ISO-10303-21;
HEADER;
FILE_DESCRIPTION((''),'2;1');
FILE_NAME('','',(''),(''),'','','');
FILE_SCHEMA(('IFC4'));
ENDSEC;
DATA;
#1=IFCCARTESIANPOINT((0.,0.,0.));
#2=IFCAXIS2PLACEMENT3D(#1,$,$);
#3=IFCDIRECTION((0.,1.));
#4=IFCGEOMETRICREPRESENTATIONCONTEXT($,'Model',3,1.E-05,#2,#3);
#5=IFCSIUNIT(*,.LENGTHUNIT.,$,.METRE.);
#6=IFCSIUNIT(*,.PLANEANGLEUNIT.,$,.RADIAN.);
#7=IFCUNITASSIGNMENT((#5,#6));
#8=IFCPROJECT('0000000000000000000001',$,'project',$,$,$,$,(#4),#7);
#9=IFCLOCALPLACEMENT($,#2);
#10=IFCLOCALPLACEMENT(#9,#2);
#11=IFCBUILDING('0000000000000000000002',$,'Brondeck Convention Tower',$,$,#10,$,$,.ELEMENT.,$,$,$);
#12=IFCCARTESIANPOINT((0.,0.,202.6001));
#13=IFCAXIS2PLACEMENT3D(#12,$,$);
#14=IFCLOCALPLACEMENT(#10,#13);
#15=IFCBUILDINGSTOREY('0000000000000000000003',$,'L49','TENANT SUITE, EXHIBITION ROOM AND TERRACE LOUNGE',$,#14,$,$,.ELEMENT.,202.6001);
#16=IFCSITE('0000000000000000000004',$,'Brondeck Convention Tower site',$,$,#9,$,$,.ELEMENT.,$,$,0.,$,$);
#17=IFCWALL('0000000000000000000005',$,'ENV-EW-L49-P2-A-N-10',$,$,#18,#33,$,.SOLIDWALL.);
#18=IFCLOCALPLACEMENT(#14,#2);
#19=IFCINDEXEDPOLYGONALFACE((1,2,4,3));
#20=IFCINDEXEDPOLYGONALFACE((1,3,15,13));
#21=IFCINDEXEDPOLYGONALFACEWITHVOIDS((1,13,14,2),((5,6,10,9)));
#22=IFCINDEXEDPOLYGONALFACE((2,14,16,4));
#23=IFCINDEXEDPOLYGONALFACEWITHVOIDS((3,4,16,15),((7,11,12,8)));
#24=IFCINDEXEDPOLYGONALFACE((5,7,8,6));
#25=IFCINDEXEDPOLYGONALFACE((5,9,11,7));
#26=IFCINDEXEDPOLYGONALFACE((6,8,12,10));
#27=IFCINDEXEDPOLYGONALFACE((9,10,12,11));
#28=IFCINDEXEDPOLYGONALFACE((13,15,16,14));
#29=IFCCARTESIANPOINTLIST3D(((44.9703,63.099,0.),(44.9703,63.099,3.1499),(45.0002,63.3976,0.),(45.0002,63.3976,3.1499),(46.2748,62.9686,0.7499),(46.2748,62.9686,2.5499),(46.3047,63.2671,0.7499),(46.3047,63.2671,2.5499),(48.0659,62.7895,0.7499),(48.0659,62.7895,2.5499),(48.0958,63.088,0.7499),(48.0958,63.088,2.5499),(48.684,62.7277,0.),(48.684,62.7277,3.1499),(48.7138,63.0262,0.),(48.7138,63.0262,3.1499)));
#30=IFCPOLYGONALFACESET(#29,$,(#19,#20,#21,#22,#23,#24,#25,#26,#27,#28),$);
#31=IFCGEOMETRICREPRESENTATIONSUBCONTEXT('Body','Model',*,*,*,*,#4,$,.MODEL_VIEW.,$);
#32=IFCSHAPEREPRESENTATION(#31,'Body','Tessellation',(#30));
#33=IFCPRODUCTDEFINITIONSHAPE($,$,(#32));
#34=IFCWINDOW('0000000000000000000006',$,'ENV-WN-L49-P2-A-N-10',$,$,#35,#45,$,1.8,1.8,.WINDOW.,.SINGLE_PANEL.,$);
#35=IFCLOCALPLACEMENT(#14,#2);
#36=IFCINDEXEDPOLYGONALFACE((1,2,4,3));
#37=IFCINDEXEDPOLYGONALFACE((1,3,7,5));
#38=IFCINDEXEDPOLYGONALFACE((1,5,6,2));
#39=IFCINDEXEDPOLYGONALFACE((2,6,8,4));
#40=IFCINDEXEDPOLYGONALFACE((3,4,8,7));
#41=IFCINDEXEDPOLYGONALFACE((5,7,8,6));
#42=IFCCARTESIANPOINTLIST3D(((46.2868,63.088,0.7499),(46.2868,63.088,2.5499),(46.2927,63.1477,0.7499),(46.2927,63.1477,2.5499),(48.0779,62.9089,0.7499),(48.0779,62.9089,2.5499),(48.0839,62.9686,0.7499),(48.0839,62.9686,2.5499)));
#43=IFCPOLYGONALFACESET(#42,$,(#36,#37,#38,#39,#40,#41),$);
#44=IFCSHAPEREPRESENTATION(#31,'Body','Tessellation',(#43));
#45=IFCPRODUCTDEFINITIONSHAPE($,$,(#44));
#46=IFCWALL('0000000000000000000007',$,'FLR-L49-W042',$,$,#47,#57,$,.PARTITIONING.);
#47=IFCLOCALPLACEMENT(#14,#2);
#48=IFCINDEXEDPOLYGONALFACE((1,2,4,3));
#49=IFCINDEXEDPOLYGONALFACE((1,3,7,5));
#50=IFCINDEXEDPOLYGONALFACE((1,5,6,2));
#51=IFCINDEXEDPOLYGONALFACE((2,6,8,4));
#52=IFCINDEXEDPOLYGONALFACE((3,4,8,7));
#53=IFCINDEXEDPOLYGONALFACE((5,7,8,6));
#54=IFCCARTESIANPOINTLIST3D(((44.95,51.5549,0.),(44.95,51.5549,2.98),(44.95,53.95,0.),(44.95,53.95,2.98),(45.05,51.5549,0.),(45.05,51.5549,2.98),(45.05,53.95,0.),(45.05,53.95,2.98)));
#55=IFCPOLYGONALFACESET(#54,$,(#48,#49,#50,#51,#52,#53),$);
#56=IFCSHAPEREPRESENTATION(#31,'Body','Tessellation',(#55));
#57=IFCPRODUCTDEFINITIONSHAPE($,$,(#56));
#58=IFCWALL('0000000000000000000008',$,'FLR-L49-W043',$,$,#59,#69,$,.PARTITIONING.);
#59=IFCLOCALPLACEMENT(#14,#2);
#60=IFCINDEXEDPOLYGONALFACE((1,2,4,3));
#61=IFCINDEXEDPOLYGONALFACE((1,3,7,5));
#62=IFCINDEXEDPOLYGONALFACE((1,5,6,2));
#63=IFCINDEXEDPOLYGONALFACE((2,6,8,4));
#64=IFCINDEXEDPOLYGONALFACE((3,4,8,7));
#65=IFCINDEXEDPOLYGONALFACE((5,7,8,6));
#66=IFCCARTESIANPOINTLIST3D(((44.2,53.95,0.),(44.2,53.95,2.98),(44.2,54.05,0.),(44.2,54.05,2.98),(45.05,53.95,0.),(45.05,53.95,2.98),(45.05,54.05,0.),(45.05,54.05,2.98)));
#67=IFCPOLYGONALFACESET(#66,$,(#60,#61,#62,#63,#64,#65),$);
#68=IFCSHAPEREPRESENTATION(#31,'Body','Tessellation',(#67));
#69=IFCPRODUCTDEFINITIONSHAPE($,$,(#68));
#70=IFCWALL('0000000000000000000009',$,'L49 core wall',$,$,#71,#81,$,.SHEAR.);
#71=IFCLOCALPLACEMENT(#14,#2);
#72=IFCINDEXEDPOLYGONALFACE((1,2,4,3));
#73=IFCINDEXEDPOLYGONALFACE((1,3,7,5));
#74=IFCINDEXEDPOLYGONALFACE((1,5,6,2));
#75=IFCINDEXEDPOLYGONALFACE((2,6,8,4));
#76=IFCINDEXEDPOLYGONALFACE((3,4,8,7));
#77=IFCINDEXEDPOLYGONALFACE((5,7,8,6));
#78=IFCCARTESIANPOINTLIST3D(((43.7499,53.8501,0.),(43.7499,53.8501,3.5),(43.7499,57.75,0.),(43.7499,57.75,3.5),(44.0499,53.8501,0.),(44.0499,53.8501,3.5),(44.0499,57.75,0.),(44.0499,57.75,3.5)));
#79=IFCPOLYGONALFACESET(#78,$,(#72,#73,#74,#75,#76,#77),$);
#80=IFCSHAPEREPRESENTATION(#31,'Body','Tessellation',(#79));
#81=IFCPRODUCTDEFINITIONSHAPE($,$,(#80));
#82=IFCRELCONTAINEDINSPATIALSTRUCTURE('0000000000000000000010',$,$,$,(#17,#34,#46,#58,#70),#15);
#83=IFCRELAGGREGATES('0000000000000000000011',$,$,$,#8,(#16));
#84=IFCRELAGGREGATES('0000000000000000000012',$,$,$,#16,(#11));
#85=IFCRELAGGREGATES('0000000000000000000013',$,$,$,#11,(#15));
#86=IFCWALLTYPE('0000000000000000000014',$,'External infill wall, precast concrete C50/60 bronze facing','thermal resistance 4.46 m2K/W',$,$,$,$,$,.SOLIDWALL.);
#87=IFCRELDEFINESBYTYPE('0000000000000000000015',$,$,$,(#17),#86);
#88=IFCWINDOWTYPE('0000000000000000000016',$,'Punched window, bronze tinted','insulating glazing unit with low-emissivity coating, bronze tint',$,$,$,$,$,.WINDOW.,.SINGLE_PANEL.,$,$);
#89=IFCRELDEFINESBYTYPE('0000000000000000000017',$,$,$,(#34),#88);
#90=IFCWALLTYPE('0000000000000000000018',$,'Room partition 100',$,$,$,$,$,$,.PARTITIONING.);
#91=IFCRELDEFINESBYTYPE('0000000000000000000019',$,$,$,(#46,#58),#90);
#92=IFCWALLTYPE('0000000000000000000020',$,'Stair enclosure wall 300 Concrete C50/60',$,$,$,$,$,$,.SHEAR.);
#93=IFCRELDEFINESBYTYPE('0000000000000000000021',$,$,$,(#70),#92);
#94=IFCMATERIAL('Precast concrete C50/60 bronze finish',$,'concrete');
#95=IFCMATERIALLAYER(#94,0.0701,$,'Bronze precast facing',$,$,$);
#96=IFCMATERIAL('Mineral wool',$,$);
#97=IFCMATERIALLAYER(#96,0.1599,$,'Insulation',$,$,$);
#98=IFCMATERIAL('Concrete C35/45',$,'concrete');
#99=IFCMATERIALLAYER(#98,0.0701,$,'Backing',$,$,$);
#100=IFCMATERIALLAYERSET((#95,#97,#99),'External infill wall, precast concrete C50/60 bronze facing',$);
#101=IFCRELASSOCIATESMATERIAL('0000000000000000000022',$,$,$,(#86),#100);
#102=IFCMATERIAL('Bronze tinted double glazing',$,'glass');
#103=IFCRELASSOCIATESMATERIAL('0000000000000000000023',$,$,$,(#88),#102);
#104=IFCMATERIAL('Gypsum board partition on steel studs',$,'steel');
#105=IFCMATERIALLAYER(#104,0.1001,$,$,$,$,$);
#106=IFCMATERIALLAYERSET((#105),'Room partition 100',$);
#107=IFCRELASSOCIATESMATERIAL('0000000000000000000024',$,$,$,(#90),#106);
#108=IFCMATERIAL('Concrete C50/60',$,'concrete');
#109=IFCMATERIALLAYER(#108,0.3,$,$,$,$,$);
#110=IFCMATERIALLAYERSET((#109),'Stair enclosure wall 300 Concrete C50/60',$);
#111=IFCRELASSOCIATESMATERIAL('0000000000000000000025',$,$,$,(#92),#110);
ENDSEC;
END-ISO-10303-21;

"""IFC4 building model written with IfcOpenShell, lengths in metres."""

from ifc_helpers import new_model, si_unit, direction, frame, frame_2d, origin, place, context, subcontext, project, spatial, rectangle, extrude, material, layer, layer_set, type_object, element, fill, save


model = new_model("IFC4")

# Units and contexts
model_context = context("Model", 3, precision=1e-05, world=origin(), true_north=direction((0.0, 1.0)))
body_context = subcontext(model_context, "Body", "Model", "MODEL_VIEW")
ifc_project = project(units=[si_unit("LENGTHUNIT", "METRE"), si_unit("PLANEANGLEUNIT", "RADIAN")], contexts=[model_context])

# Site, building, storey
site_placement = place(None, origin())
site = spatial("IfcSite", under=ifc_project, at=site_placement, Name="Brondeck Convention Tower site", CompositionType="ELEMENT", RefElevation=0.0)
building_placement = place(site_placement, origin())
building = spatial("IfcBuilding", under=site, at=building_placement, Name="Brondeck Convention Tower", CompositionType="ELEMENT")
storey_placement = place(building_placement, frame((0.0, 0.0, 202.6001)))
storey = spatial("IfcBuildingStorey", under=building, at=storey_placement, Name="L49", Description="TENANT SUITE, EXHIBITION ROOM AND TERRACE LOUNGE", CompositionType="ELEMENT", Elevation=202.6001)

# Shared definitions
ifc_material_1 = material(Name="Concrete C50/60", Category="concrete")

# Shared definitions
ifc_material_2 = material(Name="Precast concrete C50/60 bronze finish", Category="concrete")
ifc_layer_1 = layer(ifc_material_2, 0.0701, Name="Bronze precast facing")
ifc_material_3 = material(Name="Mineral wool")
ifc_layer_2 = layer(ifc_material_3, 0.1599, Name="Insulation")
ifc_material_4 = material(Name="Concrete C35/45", Category="concrete")
ifc_layer_3 = layer(ifc_material_4, 0.0701, Name="Backing")
ifc_layer_set_1 = layer_set([ifc_layer_1, ifc_layer_2, ifc_layer_3], Name="External infill wall, precast concrete C50/60 bronze facing")
wall_type_1 = type_object("IfcWallType", Name="External infill wall, precast concrete C50/60 bronze facing", Description="thermal resistance 4.46 m2K/W", PredefinedType="SOLIDWALL", material=ifc_layer_set_1)
ifc_material_5 = material(Name="Bronze tinted double glazing", Category="glass")
window_type_1 = type_object("IfcWindowType", Name="Punched window, bronze tinted", Description="insulating glazing unit with low-emissivity coating, bronze tint", PartitioningType="SINGLE_PANEL", PredefinedType="WINDOW", material=ifc_material_5)

# Wall, opening, window
wall_1_placement = place(storey_placement, frame((44.9851, 63.2483, 0.0), z_axis=(0.0, 0.0, 1.0), x_axis=(0.995038, -0.099497, 0.0)))
wall_1 = element("IfcWall", 1, at=wall_1_placement, inside=storey, type_object=wall_type_1, Name="ENV-EW-L49-P2-A-N-10", PredefinedType="SOLIDWALL", context=body_context, shape_type="SweptSolid", body=[
    extrude(rectangle(XDim=3.7322, YDim=0.3, at=frame_2d((1.8662, 0.0))), origin(), (0.0, 0.0, 1.0), 3.1499),
])
opening_1_placement = place(wall_1_placement, frame((1.3113, 0.0, 0.75)))
opening_1 = element("IfcOpeningElement", 2, at=opening_1_placement, cuts=wall_1, PredefinedType="OPENING", context=body_context, shape_type="SweptSolid", body=[
    extrude(rectangle(XDim=1.8, YDim=1.8, at=frame_2d((0.8999, 0.8999))), frame((0.0, 0.1599, 0.0), z_axis=(0.0, -1.0, 0.0), x_axis=(1.0, 0.0, 0.0)), (0.0, 0.0, 1.0), 0.3201),
])
window_1_placement = place(opening_1_placement, origin())
window_1 = element("IfcWindow", 3, at=window_1_placement, inside=storey, type_object=window_type_1, Name="ENV-WN-L49-P2-A-N-10", OverallHeight=1.8, OverallWidth=1.8, PartitioningType="SINGLE_PANEL", PredefinedType="WINDOW", context=body_context, shape_type="SweptSolid", body=[
    extrude(rectangle(XDim=1.8, YDim=1.8, at=frame_2d((0.8999, 0.8999))), frame((0.0, 0.03, 0.0), z_axis=(0.0, -1.0, 0.0), x_axis=(1.0, 0.0, 0.0)), (0.0, 0.0, 1.0), 0.0601),
])
fill(opening_1, window_1)

# Walls
ifc_material_6 = material(Name="Gypsum board partition on steel studs", Category="steel")
ifc_layer_4 = layer(ifc_material_6, 0.1001)
ifc_layer_set_2 = layer_set([ifc_layer_4], Name="Room partition 100")
wall_type_2 = type_object("IfcWallType", Name="Room partition 100", PredefinedType="PARTITIONING", material=ifc_layer_set_2)
wall_2_placement = place(storey_placement, frame((45.0, 53.95, 0.0), z_axis=(0.0, 0.0, 1.0), x_axis=(0.0, -1.0, 0.0)))
element("IfcWall", 4, at=wall_2_placement, inside=storey, type_object=wall_type_2, Name="FLR-L49-W042", PredefinedType="PARTITIONING", context=body_context, shape_type="SweptSolid", body=[
    extrude(rectangle(XDim=2.395, YDim=0.1001, at=frame_2d((1.1975, 0.0))), origin(), (0.0, 0.0, 1.0), 2.98),
])
wall_3_placement = place(storey_placement, frame((44.2, 54.0, 0.0), z_axis=(0.0, 0.0, 1.0), x_axis=(1.0, 0.0, 0.0)))
element("IfcWall", 5, at=wall_3_placement, inside=storey, type_object=wall_type_2, Name="FLR-L49-W043", PredefinedType="PARTITIONING", context=body_context, shape_type="SweptSolid", body=[
    extrude(rectangle(XDim=0.8501, YDim=0.1001, at=frame_2d((0.425, 0.0))), origin(), (0.0, 0.0, 1.0), 2.98),
])
ifc_layer_5 = layer(ifc_material_1, 0.3)
ifc_layer_set_3 = layer_set([ifc_layer_5], Name="Stair enclosure wall 300 Concrete C50/60")
wall_type_3 = type_object("IfcWallType", Name="Stair enclosure wall 300 Concrete C50/60", PredefinedType="SHEAR", material=ifc_layer_set_3)
wall_4_placement = place(storey_placement, frame((43.8999, 53.8501, 0.0), z_axis=(0.0, 0.0, 1.0), x_axis=(0.0, 1.0, 0.0)))
element("IfcWall", 6, at=wall_4_placement, inside=storey, type_object=wall_type_3, Name="L49 core wall", PredefinedType="SHEAR", context=body_context, shape_type="SweptSolid", body=[
    extrude(rectangle(XDim=3.8999, YDim=0.3, at=frame_2d((1.95, 0.0))), origin(), (0.0, 0.0, 1.0), 3.5),
])

save(model, "model.ifc")
